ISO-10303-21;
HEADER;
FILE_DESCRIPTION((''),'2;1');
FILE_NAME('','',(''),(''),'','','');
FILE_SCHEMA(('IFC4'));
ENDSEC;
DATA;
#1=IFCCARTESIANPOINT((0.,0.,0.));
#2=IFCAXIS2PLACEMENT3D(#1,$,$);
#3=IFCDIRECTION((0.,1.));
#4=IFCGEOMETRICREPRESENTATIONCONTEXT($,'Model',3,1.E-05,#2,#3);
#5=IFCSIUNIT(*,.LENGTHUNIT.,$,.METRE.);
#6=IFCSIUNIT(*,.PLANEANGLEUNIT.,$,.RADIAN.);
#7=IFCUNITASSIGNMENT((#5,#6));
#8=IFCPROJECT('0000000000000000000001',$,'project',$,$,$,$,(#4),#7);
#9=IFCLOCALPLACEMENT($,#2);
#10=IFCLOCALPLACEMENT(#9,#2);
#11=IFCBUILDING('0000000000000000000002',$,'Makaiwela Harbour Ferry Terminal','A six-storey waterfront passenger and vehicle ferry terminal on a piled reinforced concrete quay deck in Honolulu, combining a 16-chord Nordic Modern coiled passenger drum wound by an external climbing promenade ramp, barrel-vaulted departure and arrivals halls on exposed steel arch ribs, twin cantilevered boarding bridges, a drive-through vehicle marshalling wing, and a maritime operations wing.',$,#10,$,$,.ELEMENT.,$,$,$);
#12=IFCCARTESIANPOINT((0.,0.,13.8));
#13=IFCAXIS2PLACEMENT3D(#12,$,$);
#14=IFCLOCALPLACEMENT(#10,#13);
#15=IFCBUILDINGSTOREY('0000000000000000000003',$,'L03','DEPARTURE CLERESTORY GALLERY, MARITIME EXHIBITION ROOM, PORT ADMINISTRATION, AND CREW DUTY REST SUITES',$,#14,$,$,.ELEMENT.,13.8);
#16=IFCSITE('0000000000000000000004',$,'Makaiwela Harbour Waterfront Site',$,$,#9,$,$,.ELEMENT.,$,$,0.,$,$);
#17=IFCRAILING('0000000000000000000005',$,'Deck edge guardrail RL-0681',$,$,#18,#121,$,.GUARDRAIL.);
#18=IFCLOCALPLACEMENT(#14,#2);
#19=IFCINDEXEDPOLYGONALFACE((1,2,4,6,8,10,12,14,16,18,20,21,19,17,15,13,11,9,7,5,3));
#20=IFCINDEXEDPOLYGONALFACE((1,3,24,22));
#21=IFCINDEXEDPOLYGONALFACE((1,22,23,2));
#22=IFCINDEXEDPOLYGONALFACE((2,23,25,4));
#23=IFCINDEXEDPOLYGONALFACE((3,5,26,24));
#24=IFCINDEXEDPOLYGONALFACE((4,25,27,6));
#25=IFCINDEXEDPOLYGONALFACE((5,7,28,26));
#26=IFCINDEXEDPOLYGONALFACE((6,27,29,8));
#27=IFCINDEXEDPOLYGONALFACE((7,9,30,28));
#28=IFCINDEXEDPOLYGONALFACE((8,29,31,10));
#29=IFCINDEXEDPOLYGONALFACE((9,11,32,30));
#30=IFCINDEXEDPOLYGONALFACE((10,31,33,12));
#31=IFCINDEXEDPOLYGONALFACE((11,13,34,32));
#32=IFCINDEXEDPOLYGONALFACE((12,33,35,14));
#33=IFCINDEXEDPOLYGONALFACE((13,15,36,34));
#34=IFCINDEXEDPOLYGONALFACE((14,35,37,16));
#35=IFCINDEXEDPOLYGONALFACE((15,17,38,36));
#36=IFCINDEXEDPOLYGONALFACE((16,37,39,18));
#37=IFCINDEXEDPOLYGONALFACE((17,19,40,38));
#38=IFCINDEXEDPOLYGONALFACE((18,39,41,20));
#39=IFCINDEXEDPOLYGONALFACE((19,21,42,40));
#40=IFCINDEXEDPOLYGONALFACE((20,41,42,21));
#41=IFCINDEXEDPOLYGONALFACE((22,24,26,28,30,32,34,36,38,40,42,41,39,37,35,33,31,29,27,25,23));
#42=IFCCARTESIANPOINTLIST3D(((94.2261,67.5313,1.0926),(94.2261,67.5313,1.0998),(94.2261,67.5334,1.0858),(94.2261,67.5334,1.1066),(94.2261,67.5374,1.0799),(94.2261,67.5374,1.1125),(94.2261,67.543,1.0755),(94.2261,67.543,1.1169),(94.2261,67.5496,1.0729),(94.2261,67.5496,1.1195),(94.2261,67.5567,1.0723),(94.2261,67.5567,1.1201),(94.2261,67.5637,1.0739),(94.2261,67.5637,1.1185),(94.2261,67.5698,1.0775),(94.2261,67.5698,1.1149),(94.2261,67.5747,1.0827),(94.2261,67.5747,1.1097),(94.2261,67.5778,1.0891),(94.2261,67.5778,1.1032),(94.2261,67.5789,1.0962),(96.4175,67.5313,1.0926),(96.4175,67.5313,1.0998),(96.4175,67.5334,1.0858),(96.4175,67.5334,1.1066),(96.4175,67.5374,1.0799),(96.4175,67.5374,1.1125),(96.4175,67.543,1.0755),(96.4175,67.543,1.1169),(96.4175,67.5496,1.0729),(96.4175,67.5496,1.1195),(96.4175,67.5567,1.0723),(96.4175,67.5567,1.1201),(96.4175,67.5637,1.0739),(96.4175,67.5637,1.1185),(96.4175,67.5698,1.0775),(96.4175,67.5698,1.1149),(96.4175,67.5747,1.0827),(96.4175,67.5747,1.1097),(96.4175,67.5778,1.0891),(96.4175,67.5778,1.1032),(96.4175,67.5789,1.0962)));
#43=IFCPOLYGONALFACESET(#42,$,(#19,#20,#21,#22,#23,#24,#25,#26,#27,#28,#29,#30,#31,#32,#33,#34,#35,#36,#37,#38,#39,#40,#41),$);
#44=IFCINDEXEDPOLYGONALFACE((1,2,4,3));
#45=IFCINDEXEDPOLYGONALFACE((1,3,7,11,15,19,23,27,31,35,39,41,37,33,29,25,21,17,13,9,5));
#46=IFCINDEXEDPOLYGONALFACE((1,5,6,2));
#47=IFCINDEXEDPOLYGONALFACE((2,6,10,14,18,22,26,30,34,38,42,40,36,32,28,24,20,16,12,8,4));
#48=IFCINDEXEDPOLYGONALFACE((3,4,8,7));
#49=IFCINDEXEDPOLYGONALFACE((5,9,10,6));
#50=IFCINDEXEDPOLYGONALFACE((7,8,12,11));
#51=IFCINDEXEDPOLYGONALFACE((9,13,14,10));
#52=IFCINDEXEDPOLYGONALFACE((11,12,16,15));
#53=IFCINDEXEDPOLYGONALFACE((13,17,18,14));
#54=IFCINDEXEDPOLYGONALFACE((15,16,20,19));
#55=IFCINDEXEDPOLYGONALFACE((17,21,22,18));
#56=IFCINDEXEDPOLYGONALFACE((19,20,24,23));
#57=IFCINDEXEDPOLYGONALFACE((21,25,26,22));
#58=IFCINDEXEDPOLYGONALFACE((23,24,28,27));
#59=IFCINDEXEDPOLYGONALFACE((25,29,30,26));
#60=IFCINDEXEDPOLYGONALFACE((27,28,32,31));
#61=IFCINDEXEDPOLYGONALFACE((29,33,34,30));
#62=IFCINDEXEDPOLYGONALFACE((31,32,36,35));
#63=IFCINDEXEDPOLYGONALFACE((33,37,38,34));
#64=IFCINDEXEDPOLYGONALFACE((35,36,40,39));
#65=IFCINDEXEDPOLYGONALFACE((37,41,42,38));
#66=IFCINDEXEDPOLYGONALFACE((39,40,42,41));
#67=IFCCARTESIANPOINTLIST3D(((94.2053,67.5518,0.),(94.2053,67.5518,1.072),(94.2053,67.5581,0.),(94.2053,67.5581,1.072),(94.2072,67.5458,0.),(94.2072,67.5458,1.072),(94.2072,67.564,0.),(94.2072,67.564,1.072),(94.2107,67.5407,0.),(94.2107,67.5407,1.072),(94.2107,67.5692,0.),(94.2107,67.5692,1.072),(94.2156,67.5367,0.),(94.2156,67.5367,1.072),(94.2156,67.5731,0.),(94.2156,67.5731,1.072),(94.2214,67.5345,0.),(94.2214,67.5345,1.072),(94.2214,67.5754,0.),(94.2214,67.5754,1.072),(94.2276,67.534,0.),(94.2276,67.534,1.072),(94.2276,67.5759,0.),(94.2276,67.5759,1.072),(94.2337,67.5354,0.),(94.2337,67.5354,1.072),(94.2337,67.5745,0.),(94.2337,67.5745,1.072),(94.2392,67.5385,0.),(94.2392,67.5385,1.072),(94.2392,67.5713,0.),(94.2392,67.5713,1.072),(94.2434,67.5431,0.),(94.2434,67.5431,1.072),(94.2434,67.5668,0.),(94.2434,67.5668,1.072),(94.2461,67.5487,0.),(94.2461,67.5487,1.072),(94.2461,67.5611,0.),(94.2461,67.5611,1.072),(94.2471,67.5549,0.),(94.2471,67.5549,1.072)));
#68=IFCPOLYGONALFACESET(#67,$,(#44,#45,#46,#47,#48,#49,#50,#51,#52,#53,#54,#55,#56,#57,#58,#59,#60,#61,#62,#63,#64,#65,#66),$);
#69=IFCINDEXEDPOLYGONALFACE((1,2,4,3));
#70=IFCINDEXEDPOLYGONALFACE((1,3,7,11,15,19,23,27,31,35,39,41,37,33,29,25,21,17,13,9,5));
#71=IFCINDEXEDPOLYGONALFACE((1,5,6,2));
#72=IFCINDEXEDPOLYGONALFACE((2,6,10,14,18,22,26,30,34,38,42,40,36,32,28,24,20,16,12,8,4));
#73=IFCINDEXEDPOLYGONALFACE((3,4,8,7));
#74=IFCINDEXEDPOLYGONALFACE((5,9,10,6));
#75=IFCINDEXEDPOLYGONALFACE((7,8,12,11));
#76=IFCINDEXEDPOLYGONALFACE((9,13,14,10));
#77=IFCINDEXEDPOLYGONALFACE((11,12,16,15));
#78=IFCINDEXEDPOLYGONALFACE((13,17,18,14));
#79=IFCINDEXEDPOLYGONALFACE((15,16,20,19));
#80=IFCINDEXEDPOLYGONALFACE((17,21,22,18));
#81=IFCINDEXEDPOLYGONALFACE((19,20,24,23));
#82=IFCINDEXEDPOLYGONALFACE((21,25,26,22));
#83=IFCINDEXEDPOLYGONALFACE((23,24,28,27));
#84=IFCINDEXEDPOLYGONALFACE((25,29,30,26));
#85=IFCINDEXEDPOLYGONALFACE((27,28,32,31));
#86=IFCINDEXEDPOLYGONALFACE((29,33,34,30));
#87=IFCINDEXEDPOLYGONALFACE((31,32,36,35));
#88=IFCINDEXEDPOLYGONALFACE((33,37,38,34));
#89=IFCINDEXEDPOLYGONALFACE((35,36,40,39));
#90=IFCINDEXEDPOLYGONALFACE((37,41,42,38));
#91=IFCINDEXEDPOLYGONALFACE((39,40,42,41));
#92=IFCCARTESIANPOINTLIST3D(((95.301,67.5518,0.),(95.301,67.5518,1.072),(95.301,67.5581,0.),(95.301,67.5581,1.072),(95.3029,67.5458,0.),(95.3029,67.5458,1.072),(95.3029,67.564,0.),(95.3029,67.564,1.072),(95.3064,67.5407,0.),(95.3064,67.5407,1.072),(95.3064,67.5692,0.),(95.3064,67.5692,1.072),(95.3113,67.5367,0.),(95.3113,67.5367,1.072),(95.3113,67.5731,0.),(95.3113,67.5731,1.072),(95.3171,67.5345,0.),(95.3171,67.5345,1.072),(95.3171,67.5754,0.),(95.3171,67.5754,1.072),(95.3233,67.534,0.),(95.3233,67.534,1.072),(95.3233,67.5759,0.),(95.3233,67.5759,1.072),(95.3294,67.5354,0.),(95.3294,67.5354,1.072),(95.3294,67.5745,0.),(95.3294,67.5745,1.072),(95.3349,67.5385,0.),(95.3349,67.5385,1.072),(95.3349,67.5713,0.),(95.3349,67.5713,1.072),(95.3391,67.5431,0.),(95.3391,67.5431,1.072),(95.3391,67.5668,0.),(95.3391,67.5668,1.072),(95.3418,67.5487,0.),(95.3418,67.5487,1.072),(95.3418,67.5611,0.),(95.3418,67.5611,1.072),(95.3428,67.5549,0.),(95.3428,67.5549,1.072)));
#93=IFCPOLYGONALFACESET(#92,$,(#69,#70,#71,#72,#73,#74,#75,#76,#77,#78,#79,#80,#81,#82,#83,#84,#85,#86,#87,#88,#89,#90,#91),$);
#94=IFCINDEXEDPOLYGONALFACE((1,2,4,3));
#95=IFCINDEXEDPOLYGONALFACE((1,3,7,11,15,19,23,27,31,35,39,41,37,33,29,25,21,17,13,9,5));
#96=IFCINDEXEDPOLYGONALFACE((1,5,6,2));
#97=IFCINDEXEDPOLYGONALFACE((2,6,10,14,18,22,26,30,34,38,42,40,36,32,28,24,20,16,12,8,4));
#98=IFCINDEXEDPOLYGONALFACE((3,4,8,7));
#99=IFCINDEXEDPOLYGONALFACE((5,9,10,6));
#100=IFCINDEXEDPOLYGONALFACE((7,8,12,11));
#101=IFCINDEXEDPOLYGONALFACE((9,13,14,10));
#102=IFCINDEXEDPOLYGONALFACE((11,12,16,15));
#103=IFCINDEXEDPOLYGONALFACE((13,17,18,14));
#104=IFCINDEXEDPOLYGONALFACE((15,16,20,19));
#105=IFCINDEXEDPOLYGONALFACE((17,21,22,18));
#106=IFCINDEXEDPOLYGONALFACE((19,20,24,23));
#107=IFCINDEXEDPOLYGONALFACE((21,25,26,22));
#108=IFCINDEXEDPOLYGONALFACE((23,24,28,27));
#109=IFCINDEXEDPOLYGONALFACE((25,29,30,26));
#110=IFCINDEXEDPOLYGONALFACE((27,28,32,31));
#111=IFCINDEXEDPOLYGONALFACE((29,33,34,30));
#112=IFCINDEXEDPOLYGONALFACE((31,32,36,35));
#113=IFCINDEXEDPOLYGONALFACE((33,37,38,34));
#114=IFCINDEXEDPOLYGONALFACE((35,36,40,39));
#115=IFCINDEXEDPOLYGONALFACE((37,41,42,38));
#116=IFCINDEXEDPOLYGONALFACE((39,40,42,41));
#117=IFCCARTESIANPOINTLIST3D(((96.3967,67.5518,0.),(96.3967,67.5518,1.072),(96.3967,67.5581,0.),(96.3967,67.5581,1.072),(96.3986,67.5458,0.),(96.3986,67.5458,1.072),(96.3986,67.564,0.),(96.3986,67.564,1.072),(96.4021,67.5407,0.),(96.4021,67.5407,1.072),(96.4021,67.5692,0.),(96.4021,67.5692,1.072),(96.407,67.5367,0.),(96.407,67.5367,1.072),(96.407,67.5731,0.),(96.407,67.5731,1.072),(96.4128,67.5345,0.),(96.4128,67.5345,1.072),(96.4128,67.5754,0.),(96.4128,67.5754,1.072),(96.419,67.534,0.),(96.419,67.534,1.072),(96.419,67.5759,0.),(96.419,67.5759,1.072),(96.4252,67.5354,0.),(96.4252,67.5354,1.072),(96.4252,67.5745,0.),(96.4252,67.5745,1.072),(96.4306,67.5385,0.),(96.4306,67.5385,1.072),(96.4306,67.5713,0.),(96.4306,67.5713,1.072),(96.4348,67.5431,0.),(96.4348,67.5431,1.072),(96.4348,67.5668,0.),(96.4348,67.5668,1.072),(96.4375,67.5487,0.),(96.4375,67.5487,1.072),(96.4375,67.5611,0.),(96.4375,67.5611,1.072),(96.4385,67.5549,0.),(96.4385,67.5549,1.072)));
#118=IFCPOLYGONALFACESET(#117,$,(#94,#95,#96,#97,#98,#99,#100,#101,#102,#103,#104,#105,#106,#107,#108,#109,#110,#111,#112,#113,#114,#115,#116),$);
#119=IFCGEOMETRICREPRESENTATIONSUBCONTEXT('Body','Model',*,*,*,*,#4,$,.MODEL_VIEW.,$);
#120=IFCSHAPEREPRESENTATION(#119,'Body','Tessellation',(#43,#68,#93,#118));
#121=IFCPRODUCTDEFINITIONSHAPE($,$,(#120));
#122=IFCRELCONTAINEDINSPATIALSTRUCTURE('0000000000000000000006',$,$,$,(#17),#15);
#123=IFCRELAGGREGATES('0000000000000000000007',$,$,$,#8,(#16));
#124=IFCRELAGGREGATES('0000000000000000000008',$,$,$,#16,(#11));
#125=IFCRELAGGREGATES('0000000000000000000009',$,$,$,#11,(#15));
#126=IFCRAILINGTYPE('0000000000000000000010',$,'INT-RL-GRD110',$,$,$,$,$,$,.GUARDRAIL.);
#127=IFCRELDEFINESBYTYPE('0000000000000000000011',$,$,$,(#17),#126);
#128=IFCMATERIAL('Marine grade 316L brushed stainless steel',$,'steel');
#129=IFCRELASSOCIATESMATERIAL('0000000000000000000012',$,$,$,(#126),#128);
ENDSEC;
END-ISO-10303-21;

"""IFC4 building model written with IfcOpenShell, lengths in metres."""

from ifc_helpers import new_model, si_unit, direction, frame, origin, origin_2d, place, context, subcontext, project, spatial, circle, extrude, material, type_object, element, save


model = new_model("IFC4")

# Units and contexts
model_context = context("Model", 3, precision=1e-05, world=origin(), true_north=direction((0.0, 1.0)))
body_context = subcontext(model_context, "Body", "Model", "MODEL_VIEW")
ifc_project = project(units=[si_unit("LENGTHUNIT", "METRE"), si_unit("PLANEANGLEUNIT", "RADIAN")], contexts=[model_context])

# Site, building, storey
site_placement = place(None, origin())
site = spatial("IfcSite", under=ifc_project, at=site_placement, Name="Makaiwela Harbour Waterfront Site", CompositionType="ELEMENT", RefElevation=0.0)
building_placement = place(site_placement, origin())
building = spatial("IfcBuilding", under=site, at=building_placement, Name="Makaiwela Harbour Ferry Terminal", Description="A six-storey waterfront passenger and vehicle ferry terminal on a piled reinforced concrete quay deck in Honolulu, combining a 16-chord Nordic Modern coiled passenger drum wound by an external climbing promenade ramp, barrel-vaulted departure and arrivals halls on exposed steel arch ribs, twin cantilevered boarding bridges, a drive-through vehicle marshalling wing, and a maritime operations wing.", CompositionType="ELEMENT")
storey_placement = place(building_placement, frame((0.0, 0.0, 13.8)))
storey = spatial("IfcBuildingStorey", under=building, at=storey_placement, Name="L03", Description="DEPARTURE CLERESTORY GALLERY, MARITIME EXHIBITION ROOM, PORT ADMINISTRATION, AND CREW DUTY REST SUITES", CompositionType="ELEMENT", Elevation=13.8)

# Railing
ifc_material_1 = material(Name="Marine grade 316L brushed stainless steel", Category="steel")
railing_type = type_object("IfcRailingType", Name="INT-RL-GRD110", PredefinedType="GUARDRAIL", material=ifc_material_1)
railing_1_placement = place(storey_placement, frame((94.2261, 67.5549, 0.0)))
element("IfcRailing", 1, at=railing_1_placement, inside=storey, type_object=railing_type, Name="Deck edge guardrail RL-0681", PredefinedType="GUARDRAIL", context=body_context, shape_type="SweptSolid", body=[
    extrude(circle(Radius=0.0239, at=origin_2d()), frame((0.0, 0.0, 1.0962), z_axis=(1.0, 0.0, 0.0), x_axis=(0.0, 1.0, 0.0)), (0.0, 0.0, 1.0), 2.1914),
    extrude(circle(Radius=0.021, at=origin_2d()), origin(), (0.0, 0.0, 1.0), 1.072),
    extrude(circle(Radius=0.021, at=origin_2d()), frame((1.0957, 0.0, 0.0)), (0.0, 0.0, 1.0), 1.072),
    extrude(circle(Radius=0.021, at=origin_2d()), frame((2.1914, 0.0, 0.0)), (0.0, 0.0, 1.0), 1.072),
])

save(model, "model.ifc")
